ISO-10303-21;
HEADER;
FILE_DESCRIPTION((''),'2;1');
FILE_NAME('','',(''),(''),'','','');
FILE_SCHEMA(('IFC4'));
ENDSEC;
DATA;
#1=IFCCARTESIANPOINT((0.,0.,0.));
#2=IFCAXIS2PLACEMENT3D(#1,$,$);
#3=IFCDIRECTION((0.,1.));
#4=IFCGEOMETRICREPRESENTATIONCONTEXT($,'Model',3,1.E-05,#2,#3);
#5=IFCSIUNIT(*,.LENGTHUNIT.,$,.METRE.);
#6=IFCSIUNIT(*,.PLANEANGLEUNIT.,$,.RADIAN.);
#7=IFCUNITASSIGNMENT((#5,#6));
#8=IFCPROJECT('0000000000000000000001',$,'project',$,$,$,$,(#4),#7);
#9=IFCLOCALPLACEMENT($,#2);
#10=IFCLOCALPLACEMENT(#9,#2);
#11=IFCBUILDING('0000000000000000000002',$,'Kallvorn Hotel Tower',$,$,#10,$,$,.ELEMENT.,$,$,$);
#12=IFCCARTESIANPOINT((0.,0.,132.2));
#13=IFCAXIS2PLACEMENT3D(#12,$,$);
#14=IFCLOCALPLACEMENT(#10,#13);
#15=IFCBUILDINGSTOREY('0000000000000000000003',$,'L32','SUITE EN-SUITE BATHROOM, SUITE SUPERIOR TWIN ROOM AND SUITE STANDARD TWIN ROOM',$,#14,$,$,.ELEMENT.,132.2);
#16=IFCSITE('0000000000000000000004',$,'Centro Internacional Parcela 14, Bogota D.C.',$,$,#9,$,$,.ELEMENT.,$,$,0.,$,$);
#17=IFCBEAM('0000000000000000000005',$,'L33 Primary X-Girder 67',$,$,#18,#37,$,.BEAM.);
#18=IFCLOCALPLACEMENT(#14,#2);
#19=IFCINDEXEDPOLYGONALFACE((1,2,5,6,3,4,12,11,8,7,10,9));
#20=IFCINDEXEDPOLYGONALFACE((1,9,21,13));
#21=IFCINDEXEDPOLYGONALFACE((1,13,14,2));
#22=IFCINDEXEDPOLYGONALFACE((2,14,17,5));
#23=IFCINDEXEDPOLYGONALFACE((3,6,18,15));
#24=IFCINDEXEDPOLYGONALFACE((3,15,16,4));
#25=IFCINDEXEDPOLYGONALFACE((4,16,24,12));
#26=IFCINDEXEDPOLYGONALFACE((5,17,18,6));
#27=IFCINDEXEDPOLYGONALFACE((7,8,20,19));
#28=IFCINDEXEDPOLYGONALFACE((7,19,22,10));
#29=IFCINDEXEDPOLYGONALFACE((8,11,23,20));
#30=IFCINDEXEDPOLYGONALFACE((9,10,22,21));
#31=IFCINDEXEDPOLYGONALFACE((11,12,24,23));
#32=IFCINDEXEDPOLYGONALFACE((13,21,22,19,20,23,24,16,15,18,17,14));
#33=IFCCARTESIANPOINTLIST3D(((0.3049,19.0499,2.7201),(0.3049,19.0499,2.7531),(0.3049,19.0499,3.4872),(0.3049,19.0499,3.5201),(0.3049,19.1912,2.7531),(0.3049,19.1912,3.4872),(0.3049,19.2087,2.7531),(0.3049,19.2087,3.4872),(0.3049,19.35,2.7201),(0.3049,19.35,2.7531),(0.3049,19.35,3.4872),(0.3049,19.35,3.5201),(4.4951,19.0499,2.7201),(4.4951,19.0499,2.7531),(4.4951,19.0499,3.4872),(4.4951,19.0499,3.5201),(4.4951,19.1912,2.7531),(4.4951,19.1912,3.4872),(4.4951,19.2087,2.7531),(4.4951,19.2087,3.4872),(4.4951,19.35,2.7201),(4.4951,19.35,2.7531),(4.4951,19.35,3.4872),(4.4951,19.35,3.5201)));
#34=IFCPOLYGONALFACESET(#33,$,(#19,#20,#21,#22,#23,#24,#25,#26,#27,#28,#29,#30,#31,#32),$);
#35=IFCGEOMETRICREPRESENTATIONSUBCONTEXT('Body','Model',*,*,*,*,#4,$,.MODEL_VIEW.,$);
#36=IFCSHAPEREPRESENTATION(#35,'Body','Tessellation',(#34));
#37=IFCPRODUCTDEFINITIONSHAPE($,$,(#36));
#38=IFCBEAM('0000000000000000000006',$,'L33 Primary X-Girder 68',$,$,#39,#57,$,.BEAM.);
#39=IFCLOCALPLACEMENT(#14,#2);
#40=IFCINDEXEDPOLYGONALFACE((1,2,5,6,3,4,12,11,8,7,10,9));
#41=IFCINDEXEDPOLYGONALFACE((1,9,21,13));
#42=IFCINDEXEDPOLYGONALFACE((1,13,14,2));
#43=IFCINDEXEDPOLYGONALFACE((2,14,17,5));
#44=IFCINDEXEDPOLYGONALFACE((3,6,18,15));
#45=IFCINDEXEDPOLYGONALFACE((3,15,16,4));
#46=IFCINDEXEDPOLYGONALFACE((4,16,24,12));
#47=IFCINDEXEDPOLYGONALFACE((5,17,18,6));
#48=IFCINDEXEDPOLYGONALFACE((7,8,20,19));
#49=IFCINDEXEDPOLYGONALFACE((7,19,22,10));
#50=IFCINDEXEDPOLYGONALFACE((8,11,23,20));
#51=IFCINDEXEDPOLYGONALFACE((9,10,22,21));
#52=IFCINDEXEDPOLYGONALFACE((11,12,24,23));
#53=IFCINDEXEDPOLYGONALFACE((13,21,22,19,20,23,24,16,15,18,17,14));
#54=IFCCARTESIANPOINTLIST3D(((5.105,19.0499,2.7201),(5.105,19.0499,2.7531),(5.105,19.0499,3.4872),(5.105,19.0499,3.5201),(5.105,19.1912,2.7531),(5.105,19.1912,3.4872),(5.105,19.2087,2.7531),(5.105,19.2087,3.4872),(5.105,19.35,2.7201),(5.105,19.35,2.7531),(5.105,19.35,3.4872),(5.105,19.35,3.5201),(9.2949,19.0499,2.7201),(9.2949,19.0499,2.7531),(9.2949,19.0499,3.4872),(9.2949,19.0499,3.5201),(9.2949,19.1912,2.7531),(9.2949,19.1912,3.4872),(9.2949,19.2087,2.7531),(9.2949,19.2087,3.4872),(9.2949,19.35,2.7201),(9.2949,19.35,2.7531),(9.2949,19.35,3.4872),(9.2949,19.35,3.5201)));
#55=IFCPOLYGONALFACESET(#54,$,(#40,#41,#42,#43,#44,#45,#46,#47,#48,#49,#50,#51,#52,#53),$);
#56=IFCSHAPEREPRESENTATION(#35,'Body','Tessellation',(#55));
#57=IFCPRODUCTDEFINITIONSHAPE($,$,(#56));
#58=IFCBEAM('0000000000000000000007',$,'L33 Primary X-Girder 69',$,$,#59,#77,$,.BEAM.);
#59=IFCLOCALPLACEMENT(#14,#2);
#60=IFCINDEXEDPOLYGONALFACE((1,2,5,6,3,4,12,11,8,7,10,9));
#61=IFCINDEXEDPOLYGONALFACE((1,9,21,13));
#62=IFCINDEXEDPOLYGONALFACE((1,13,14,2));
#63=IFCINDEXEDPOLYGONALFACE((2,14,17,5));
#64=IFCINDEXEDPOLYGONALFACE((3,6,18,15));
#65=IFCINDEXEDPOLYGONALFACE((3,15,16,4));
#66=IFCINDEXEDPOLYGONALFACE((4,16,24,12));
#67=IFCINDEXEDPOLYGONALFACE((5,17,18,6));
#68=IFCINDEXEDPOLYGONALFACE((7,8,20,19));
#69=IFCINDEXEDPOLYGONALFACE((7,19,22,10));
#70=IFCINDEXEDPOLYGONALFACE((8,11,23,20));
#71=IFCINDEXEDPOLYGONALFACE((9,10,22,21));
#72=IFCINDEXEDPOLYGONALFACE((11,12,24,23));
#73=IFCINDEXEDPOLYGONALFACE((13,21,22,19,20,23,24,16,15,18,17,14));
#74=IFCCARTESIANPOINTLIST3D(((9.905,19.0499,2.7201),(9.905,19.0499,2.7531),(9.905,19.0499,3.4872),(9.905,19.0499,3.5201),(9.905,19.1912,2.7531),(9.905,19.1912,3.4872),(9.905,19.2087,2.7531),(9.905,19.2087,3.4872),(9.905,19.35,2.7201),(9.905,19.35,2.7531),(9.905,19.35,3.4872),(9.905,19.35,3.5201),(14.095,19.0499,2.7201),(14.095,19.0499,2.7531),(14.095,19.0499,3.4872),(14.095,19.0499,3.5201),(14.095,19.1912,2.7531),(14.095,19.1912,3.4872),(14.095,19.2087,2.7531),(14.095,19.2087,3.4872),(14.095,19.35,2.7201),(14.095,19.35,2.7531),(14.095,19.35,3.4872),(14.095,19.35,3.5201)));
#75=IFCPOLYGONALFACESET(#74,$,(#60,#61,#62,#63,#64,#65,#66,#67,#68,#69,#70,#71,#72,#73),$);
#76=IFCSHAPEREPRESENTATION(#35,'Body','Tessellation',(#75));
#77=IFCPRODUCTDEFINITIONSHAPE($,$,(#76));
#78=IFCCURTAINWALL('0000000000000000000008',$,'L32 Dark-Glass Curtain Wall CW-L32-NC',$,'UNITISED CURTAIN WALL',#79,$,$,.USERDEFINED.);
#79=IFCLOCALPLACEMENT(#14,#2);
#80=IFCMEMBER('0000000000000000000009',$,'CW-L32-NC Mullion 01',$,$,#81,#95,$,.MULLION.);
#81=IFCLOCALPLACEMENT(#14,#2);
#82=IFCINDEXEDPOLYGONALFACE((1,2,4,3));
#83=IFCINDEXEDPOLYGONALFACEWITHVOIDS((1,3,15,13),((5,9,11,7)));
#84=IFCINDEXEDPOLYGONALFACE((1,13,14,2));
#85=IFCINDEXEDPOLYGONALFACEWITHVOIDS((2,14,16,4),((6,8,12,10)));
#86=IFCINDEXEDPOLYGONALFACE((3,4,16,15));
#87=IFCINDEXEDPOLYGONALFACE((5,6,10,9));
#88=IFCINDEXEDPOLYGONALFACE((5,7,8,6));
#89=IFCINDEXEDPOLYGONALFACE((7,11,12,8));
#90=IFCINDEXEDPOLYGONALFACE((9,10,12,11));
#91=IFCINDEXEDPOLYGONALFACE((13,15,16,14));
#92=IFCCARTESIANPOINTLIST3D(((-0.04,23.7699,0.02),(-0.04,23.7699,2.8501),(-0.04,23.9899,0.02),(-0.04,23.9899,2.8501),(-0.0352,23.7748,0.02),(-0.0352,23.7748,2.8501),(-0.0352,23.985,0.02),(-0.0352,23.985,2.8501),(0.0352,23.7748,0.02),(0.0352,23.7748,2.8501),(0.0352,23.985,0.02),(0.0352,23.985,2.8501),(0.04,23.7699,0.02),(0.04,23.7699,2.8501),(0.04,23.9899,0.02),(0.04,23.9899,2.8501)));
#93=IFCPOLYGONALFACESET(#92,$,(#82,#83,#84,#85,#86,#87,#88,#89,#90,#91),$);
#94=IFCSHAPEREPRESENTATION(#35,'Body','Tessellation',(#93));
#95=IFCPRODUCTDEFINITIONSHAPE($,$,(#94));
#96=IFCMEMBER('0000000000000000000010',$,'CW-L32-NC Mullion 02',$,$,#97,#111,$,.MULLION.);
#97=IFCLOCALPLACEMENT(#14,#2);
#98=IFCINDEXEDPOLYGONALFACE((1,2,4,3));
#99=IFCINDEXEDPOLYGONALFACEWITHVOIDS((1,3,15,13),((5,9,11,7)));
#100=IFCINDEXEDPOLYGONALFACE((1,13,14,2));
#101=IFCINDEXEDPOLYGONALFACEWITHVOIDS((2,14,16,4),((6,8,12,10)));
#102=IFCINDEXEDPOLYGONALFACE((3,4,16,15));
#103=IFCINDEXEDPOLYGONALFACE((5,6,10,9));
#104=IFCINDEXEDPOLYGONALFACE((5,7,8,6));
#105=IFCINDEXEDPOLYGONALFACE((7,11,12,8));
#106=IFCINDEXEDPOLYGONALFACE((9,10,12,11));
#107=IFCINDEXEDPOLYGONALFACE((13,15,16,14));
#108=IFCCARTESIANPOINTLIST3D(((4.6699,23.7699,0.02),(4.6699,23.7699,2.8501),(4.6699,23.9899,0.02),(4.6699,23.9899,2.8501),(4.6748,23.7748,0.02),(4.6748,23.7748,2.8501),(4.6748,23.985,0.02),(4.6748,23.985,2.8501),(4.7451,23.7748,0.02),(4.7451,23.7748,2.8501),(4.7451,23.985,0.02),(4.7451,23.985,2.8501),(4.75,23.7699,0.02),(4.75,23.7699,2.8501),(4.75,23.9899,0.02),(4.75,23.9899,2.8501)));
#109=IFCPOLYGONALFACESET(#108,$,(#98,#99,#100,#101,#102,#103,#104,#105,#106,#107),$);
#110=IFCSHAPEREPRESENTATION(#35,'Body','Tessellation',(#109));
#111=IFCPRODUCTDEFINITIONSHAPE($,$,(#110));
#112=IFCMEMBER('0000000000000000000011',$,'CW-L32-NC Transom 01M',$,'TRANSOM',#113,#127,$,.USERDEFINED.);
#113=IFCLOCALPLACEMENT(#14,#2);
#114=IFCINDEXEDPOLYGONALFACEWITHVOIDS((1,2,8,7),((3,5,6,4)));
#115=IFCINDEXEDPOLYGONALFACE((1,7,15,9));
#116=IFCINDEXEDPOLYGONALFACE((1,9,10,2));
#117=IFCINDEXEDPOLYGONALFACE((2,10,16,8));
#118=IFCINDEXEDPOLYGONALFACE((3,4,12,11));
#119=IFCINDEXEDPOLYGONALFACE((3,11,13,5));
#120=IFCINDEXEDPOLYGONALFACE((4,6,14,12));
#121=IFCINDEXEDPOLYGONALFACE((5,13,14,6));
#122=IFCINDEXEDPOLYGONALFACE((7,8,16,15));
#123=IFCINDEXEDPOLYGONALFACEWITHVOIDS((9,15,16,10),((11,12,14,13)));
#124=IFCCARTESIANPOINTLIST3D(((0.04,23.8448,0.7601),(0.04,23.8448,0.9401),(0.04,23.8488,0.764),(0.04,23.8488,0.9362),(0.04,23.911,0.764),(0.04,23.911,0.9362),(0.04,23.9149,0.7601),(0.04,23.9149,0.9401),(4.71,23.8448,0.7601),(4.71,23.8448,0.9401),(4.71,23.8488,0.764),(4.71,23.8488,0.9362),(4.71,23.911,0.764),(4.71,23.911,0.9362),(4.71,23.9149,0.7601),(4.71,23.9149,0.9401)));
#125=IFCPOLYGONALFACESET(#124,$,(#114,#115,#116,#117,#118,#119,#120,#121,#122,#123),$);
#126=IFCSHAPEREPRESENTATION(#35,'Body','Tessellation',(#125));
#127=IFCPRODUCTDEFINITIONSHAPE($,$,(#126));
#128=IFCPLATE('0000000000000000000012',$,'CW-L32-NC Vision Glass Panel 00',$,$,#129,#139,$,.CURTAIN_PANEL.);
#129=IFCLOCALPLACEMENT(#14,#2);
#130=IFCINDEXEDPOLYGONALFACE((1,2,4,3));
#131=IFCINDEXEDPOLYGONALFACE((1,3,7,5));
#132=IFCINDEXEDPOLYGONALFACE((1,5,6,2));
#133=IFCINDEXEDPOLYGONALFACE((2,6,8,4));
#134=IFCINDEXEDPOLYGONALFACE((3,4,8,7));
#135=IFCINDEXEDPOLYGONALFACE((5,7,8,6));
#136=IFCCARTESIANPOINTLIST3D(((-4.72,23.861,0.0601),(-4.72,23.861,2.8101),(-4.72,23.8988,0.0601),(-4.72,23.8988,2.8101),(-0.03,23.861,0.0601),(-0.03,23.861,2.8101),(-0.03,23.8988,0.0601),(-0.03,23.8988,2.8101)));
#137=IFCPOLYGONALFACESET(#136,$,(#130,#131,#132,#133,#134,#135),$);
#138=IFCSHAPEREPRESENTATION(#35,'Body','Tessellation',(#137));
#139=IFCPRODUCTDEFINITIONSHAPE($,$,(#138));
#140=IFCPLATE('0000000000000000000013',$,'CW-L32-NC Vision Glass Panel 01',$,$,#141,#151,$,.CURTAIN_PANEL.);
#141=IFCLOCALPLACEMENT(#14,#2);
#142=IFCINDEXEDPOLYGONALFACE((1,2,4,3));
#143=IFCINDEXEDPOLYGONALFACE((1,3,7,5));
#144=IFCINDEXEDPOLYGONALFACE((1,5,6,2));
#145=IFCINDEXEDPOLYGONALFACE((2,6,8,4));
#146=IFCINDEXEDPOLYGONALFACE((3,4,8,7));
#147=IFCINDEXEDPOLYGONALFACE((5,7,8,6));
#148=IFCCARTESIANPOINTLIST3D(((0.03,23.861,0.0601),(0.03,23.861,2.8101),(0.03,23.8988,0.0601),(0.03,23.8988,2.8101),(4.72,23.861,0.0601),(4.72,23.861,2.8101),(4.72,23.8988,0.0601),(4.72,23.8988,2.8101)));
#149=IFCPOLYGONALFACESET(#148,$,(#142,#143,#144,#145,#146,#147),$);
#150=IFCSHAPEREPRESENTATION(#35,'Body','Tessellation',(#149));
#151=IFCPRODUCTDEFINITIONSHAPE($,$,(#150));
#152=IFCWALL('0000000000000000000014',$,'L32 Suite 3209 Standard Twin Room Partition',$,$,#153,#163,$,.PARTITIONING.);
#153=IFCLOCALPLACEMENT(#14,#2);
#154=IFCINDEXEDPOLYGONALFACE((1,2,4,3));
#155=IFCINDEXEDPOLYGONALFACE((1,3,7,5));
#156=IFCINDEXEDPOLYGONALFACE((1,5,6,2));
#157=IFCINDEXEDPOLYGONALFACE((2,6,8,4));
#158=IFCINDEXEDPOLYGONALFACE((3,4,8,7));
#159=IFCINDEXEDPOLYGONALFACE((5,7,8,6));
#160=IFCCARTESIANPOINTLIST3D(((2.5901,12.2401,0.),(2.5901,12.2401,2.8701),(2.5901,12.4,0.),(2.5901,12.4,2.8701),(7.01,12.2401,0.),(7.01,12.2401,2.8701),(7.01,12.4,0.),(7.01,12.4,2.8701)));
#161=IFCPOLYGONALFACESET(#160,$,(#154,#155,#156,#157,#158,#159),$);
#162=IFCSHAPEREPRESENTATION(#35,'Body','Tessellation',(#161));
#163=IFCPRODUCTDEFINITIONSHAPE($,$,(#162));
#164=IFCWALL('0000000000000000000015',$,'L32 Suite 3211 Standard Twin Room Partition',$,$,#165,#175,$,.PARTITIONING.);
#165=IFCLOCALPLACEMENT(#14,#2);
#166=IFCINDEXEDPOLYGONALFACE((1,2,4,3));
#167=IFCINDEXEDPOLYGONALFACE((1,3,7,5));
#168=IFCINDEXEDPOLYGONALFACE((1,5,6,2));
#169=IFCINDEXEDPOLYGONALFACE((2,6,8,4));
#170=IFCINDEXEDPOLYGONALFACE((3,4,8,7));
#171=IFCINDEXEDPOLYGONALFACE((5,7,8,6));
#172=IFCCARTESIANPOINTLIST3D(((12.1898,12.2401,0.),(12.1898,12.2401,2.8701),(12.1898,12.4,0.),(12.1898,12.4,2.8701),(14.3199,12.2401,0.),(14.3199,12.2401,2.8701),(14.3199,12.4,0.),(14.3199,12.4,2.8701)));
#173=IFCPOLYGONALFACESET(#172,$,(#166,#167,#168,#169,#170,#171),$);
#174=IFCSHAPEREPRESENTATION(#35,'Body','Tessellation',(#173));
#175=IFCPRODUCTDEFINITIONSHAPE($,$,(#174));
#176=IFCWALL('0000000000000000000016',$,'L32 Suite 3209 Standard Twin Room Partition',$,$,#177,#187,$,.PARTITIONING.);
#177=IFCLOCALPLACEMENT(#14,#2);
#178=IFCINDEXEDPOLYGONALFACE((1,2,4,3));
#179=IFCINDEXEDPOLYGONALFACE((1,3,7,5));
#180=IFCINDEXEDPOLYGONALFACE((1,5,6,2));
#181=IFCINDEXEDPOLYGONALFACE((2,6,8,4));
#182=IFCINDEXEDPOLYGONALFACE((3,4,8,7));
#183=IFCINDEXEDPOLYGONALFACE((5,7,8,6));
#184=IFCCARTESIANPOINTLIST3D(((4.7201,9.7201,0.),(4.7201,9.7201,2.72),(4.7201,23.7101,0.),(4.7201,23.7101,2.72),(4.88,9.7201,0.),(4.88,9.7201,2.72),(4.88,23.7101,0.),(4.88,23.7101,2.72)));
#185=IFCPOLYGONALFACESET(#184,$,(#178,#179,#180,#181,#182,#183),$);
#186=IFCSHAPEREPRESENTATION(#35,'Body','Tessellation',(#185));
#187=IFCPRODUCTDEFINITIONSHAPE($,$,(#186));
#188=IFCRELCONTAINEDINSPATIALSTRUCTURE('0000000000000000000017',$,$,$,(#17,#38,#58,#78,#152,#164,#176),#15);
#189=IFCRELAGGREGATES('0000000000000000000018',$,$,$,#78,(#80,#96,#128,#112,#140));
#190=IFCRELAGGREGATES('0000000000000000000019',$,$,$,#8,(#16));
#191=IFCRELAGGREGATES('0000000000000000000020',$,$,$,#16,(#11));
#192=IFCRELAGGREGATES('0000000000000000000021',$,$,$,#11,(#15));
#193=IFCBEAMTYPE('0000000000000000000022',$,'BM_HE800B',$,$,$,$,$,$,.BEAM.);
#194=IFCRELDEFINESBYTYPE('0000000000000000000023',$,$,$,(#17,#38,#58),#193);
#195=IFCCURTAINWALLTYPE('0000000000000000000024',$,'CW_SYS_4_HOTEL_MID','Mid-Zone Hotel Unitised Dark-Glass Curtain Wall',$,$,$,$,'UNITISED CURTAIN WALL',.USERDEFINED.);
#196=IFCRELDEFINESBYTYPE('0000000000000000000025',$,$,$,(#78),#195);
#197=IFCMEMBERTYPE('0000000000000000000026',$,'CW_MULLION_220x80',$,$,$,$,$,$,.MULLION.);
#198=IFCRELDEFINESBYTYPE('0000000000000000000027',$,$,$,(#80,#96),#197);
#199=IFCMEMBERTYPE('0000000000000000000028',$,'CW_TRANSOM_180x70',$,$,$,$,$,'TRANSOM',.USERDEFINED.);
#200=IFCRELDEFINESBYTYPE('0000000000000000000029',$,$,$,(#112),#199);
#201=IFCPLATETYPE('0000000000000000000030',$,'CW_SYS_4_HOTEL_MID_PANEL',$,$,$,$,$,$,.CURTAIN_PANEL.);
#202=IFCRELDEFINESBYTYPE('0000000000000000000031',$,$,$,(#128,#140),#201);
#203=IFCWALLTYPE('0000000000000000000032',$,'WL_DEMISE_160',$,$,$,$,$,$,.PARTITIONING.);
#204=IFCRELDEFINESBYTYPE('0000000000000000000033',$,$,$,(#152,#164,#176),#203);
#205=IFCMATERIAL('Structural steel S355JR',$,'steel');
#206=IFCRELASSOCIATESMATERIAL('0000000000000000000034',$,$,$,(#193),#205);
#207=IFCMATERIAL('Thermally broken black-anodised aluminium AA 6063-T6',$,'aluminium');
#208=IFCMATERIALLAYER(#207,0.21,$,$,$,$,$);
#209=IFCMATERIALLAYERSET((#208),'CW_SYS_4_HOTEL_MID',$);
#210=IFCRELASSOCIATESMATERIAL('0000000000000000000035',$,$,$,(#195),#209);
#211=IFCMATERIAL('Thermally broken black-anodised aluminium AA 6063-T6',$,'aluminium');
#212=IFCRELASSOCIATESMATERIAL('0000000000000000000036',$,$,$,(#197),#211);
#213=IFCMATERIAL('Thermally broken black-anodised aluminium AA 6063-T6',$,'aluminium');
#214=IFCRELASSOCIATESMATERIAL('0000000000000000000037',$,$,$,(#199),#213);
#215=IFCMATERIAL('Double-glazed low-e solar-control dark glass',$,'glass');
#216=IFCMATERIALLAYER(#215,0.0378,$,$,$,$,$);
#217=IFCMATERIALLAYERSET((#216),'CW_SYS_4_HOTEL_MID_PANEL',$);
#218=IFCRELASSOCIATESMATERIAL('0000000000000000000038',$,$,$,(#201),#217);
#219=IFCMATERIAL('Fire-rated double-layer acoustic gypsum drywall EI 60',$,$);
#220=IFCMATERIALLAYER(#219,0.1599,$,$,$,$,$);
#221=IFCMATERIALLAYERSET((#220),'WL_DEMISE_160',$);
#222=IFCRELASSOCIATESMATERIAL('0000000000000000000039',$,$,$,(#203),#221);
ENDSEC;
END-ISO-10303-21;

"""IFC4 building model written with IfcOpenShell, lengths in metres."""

from ifc_helpers import new_model, si_unit, direction, frame, frame_2d, origin, origin_2d, place, context, subcontext, project, spatial, rectangle, hollow_rectangle, i_section, extrude, material, layer, layer_set, material_profile, profile_set, type_object, element, aggregate, save


model = new_model("IFC4")

# Units and contexts
model_context = context("Model", 3, precision=1e-05, world=origin(), true_north=direction((0.0, 1.0)))
body_context = subcontext(model_context, "Body", "Model", "MODEL_VIEW")
ifc_project = project(units=[si_unit("LENGTHUNIT", "METRE"), si_unit("PLANEANGLEUNIT", "RADIAN")], contexts=[model_context])

# Site, building, storey
site_placement = place(None, origin())
site = spatial("IfcSite", under=ifc_project, at=site_placement, Name="Centro Internacional Parcela 14, Bogota D.C.", CompositionType="ELEMENT", RefElevation=0.0)
building_placement = place(site_placement, origin())
building = spatial("IfcBuilding", under=site, at=building_placement, Name="Kallvorn Hotel Tower", CompositionType="ELEMENT")
storey_placement = place(building_placement, frame((0.0, 0.0, 132.2)))
storey = spatial("IfcBuildingStorey", under=building, at=storey_placement, Name="L32", Description="SUITE EN-SUITE BATHROOM, SUITE SUPERIOR TWIN ROOM AND SUITE STANDARD TWIN ROOM", CompositionType="ELEMENT", Elevation=132.2)

# Beams
ifc_material_1 = material(Name="Structural steel S355JR", Category="steel")
ifc_material_profile_1 = material_profile(ifc_material_1, i_section(OverallWidth=0.3, OverallDepth=0.8, WebThickness=0.0176, FlangeThickness=0.033, at=origin_2d()), Name="HE 800 B")
ifc_profile_set_1 = profile_set([ifc_material_profile_1], Name="Structural steel S355JR")
beam_type_1 = type_object("IfcBeamType", Name="BM_HE800B", PredefinedType="BEAM", material=ifc_profile_set_1)
beam_1_placement = place(storey_placement, frame((0.3049, 19.2, 3.1201), z_axis=(1.0, 0.0, 0.0), x_axis=(0.0, 1.0, 0.0)))
element("IfcBeam", 1, at=beam_1_placement, inside=storey, type_object=beam_type_1, Name="L33 Primary X-Girder 67", PredefinedType="BEAM", context=body_context, shape_type="SweptSolid", body=[
    extrude(i_section(OverallWidth=0.3, OverallDepth=0.8, WebThickness=0.0176, FlangeThickness=0.033, at=origin_2d()), origin(), (0.0, 0.0, 1.0), 4.1902),
])
for number, where, z_axis, x_axis, name in (
    (2, (5.105, 19.2, 3.1201), (1.0, 0.0, 0.0), (0.0, 1.0, 0.0), "L33 Primary X-Girder 68"),
    (3, (9.905, 19.2, 3.1201), (1.0, 0.0, 0.0), (0.0, 1.0, 0.0), "L33 Primary X-Girder 69"),
):
    element("IfcBeam", number, at=place(storey_placement, frame(where, z_axis=z_axis, x_axis=x_axis)), inside=storey, type_object=beam_type_1, Name=name, PredefinedType="BEAM", context=body_context, shape_type="SweptSolid", body=[
        extrude(i_section(OverallWidth=0.3, OverallDepth=0.8, WebThickness=0.0176, FlangeThickness=0.033, at=origin_2d()), origin(), (0.0, 0.0, 1.0), 4.1899),
    ])

# Curtain wall, members, plates
ifc_material_2 = material(Name="Thermally broken black-anodised aluminium AA 6063-T6", Category="aluminium")
ifc_layer_1 = layer(ifc_material_2, 0.21)
ifc_layer_set_1 = layer_set([ifc_layer_1], Name="CW_SYS_4_HOTEL_MID")
curtain_wall_type = type_object("IfcCurtainWallType", Name="CW_SYS_4_HOTEL_MID", Description="Mid-Zone Hotel Unitised Dark-Glass Curtain Wall", ElementType="UNITISED CURTAIN WALL", PredefinedType="USERDEFINED", material=ifc_layer_set_1)
curtain_wall_placement = place(storey_placement, origin())
curtain_wall = element("IfcCurtainWall", 4, at=curtain_wall_placement, inside=storey, type_object=curtain_wall_type, Name="L32 Dark-Glass Curtain Wall CW-L32-NC", ObjectType="UNITISED CURTAIN WALL", PredefinedType="USERDEFINED")
ifc_material_3 = material(Name="Thermally broken black-anodised aluminium AA 6063-T6", Category="aluminium")
ifc_material_profile_2 = material_profile(ifc_material_3, hollow_rectangle(XDim=0.0801, YDim=0.22, WallThickness=0.0049, at=origin_2d()), Name="MUL 220x80")
ifc_profile_set_2 = profile_set([ifc_material_profile_2], Name="Thermally broken black-anodised aluminium AA 6063-T6")
member_type_1 = type_object("IfcMemberType", Name="CW_MULLION_220x80", PredefinedType="MULLION", material=ifc_profile_set_2)
member_1_placement = place(storey_placement, frame((0.0, 23.8799, 0.02), z_axis=(0.0, 0.0, 1.0), x_axis=(1.0, 0.0, 0.0)))
member_1 = element("IfcMember", 5, at=member_1_placement, type_object=member_type_1, Name="CW-L32-NC Mullion 01", PredefinedType="MULLION", context=body_context, shape_type="SweptSolid", body=[
    extrude(hollow_rectangle(XDim=0.0801, YDim=0.22, WallThickness=0.0049, at=origin_2d()), origin(), (0.0, 0.0, 1.0), 2.8301),
])
member_2_placement = place(storey_placement, frame((4.71, 23.8799, 0.02), z_axis=(0.0, 0.0, 1.0), x_axis=(1.0, 0.0, 0.0)))
member_2 = element("IfcMember", 6, at=member_2_placement, type_object=member_type_1, Name="CW-L32-NC Mullion 02", PredefinedType="MULLION", context=body_context, shape_type="SweptSolid", body=[
    extrude(hollow_rectangle(XDim=0.0801, YDim=0.22, WallThickness=0.0049, at=origin_2d()), origin(), (0.0, 0.0, 1.0), 2.8301),
])
ifc_material_4 = material(Name="Thermally broken black-anodised aluminium AA 6063-T6", Category="aluminium")
ifc_material_profile_3 = material_profile(ifc_material_4, hollow_rectangle(XDim=0.0701, YDim=0.1799, WallThickness=0.0039, at=origin_2d()), Name="TRN 180x70")
ifc_profile_set_3 = profile_set([ifc_material_profile_3], Name="Thermally broken black-anodised aluminium AA 6063-T6")
member_type_2 = type_object("IfcMemberType", Name="CW_TRANSOM_180x70", ElementType="TRANSOM", PredefinedType="USERDEFINED", material=ifc_profile_set_3)
member_3_placement = place(storey_placement, frame((0.04, 23.8799, 0.8501), z_axis=(1.0, 0.0, 0.0), x_axis=(0.0, 1.0, 0.0)))
member_3 = element("IfcMember", 7, at=member_3_placement, type_object=member_type_2, Name="CW-L32-NC Transom 01M", ObjectType="TRANSOM", PredefinedType="USERDEFINED", context=body_context, shape_type="SweptSolid", body=[
    extrude(hollow_rectangle(XDim=0.0701, YDim=0.1799, WallThickness=0.0039, at=origin_2d()), origin(), (0.0, 0.0, 1.0), 4.6699),
])
ifc_material_5 = material(Name="Double-glazed low-e solar-control dark glass", Category="glass")
ifc_layer_2 = layer(ifc_material_5, 0.0378)
ifc_layer_set_2 = layer_set([ifc_layer_2], Name="CW_SYS_4_HOTEL_MID_PANEL")
plate_type = type_object("IfcPlateType", Name="CW_SYS_4_HOTEL_MID_PANEL", PredefinedType="CURTAIN_PANEL", material=ifc_layer_set_2)
plate_1_placement = place(storey_placement, frame((-2.375, 23.8799, 0.0601), z_axis=(0.0, 0.0, 1.0), x_axis=(1.0, 0.0, 0.0)))
plate_1 = element("IfcPlate", 8, at=plate_1_placement, type_object=plate_type, Name="CW-L32-NC Vision Glass Panel 00", PredefinedType="CURTAIN_PANEL", context=body_context, shape_type="SweptSolid", body=[
    extrude(rectangle(XDim=4.6899, YDim=0.0378, at=origin_2d()), origin(), (0.0, 0.0, 1.0), 2.75),
])
plate_2_placement = place(storey_placement, frame((2.375, 23.8799, 0.0601), z_axis=(0.0, 0.0, 1.0), x_axis=(1.0, 0.0, 0.0)))
plate_2 = element("IfcPlate", 9, at=plate_2_placement, type_object=plate_type, Name="CW-L32-NC Vision Glass Panel 01", PredefinedType="CURTAIN_PANEL", context=body_context, shape_type="SweptSolid", body=[
    extrude(rectangle(XDim=4.6899, YDim=0.0378, at=origin_2d()), origin(), (0.0, 0.0, 1.0), 2.75),
])
aggregate(curtain_wall, [member_1, member_2, plate_1, member_3, plate_2])

# Walls
ifc_material_6 = material(Name="Fire-rated double-layer acoustic gypsum drywall EI 60")
ifc_layer_3 = layer(ifc_material_6, 0.1599)
ifc_layer_set_3 = layer_set([ifc_layer_3], Name="WL_DEMISE_160")
wall_type_1 = type_object("IfcWallType", Name="WL_DEMISE_160", PredefinedType="PARTITIONING", material=ifc_layer_set_3)
wall_1_placement = place(storey_placement, frame((2.5901, 12.3201, 0.0), z_axis=(0.0, 0.0, 1.0), x_axis=(1.0, 0.0, 0.0)))
element("IfcWall", 10, at=wall_1_placement, inside=storey, type_object=wall_type_1, Name="L32 Suite 3209 Standard Twin Room Partition", PredefinedType="PARTITIONING", context=body_context, shape_type="SweptSolid", body=[
    extrude(rectangle(XDim=4.4199, YDim=0.1599, at=frame_2d((2.21, 0.0))), origin(), (0.0, 0.0, 1.0), 2.8701),
])
wall_2_placement = place(storey_placement, frame((12.1899, 12.3201, 0.0), z_axis=(0.0, 0.0, 1.0), x_axis=(1.0, 0.0, 0.0)))
element("IfcWall", 11, at=wall_2_placement, inside=storey, type_object=wall_type_1, Name="L32 Suite 3211 Standard Twin Room Partition", PredefinedType="PARTITIONING", context=body_context, shape_type="SweptSolid", body=[
    extrude(rectangle(XDim=2.1301, YDim=0.1599, at=frame_2d((1.0649, 0.0))), origin(), (0.0, 0.0, 1.0), 2.8701),
])
wall_3_placement = place(storey_placement, frame((4.8, 9.72, 0.0), z_axis=(0.0, 0.0, 1.0), x_axis=(0.0, 1.0, 0.0)))
element("IfcWall", 12, at=wall_3_placement, inside=storey, type_object=wall_type_1, Name="L32 Suite 3209 Standard Twin Room Partition", PredefinedType="PARTITIONING", context=body_context, shape_type="SweptSolid", body=[
    extrude(rectangle(XDim=13.99, YDim=0.1599, at=frame_2d((6.9951, 0.0))), origin(), (0.0, 0.0, 1.0), 2.72),
])

save(model, "model.ifc")
